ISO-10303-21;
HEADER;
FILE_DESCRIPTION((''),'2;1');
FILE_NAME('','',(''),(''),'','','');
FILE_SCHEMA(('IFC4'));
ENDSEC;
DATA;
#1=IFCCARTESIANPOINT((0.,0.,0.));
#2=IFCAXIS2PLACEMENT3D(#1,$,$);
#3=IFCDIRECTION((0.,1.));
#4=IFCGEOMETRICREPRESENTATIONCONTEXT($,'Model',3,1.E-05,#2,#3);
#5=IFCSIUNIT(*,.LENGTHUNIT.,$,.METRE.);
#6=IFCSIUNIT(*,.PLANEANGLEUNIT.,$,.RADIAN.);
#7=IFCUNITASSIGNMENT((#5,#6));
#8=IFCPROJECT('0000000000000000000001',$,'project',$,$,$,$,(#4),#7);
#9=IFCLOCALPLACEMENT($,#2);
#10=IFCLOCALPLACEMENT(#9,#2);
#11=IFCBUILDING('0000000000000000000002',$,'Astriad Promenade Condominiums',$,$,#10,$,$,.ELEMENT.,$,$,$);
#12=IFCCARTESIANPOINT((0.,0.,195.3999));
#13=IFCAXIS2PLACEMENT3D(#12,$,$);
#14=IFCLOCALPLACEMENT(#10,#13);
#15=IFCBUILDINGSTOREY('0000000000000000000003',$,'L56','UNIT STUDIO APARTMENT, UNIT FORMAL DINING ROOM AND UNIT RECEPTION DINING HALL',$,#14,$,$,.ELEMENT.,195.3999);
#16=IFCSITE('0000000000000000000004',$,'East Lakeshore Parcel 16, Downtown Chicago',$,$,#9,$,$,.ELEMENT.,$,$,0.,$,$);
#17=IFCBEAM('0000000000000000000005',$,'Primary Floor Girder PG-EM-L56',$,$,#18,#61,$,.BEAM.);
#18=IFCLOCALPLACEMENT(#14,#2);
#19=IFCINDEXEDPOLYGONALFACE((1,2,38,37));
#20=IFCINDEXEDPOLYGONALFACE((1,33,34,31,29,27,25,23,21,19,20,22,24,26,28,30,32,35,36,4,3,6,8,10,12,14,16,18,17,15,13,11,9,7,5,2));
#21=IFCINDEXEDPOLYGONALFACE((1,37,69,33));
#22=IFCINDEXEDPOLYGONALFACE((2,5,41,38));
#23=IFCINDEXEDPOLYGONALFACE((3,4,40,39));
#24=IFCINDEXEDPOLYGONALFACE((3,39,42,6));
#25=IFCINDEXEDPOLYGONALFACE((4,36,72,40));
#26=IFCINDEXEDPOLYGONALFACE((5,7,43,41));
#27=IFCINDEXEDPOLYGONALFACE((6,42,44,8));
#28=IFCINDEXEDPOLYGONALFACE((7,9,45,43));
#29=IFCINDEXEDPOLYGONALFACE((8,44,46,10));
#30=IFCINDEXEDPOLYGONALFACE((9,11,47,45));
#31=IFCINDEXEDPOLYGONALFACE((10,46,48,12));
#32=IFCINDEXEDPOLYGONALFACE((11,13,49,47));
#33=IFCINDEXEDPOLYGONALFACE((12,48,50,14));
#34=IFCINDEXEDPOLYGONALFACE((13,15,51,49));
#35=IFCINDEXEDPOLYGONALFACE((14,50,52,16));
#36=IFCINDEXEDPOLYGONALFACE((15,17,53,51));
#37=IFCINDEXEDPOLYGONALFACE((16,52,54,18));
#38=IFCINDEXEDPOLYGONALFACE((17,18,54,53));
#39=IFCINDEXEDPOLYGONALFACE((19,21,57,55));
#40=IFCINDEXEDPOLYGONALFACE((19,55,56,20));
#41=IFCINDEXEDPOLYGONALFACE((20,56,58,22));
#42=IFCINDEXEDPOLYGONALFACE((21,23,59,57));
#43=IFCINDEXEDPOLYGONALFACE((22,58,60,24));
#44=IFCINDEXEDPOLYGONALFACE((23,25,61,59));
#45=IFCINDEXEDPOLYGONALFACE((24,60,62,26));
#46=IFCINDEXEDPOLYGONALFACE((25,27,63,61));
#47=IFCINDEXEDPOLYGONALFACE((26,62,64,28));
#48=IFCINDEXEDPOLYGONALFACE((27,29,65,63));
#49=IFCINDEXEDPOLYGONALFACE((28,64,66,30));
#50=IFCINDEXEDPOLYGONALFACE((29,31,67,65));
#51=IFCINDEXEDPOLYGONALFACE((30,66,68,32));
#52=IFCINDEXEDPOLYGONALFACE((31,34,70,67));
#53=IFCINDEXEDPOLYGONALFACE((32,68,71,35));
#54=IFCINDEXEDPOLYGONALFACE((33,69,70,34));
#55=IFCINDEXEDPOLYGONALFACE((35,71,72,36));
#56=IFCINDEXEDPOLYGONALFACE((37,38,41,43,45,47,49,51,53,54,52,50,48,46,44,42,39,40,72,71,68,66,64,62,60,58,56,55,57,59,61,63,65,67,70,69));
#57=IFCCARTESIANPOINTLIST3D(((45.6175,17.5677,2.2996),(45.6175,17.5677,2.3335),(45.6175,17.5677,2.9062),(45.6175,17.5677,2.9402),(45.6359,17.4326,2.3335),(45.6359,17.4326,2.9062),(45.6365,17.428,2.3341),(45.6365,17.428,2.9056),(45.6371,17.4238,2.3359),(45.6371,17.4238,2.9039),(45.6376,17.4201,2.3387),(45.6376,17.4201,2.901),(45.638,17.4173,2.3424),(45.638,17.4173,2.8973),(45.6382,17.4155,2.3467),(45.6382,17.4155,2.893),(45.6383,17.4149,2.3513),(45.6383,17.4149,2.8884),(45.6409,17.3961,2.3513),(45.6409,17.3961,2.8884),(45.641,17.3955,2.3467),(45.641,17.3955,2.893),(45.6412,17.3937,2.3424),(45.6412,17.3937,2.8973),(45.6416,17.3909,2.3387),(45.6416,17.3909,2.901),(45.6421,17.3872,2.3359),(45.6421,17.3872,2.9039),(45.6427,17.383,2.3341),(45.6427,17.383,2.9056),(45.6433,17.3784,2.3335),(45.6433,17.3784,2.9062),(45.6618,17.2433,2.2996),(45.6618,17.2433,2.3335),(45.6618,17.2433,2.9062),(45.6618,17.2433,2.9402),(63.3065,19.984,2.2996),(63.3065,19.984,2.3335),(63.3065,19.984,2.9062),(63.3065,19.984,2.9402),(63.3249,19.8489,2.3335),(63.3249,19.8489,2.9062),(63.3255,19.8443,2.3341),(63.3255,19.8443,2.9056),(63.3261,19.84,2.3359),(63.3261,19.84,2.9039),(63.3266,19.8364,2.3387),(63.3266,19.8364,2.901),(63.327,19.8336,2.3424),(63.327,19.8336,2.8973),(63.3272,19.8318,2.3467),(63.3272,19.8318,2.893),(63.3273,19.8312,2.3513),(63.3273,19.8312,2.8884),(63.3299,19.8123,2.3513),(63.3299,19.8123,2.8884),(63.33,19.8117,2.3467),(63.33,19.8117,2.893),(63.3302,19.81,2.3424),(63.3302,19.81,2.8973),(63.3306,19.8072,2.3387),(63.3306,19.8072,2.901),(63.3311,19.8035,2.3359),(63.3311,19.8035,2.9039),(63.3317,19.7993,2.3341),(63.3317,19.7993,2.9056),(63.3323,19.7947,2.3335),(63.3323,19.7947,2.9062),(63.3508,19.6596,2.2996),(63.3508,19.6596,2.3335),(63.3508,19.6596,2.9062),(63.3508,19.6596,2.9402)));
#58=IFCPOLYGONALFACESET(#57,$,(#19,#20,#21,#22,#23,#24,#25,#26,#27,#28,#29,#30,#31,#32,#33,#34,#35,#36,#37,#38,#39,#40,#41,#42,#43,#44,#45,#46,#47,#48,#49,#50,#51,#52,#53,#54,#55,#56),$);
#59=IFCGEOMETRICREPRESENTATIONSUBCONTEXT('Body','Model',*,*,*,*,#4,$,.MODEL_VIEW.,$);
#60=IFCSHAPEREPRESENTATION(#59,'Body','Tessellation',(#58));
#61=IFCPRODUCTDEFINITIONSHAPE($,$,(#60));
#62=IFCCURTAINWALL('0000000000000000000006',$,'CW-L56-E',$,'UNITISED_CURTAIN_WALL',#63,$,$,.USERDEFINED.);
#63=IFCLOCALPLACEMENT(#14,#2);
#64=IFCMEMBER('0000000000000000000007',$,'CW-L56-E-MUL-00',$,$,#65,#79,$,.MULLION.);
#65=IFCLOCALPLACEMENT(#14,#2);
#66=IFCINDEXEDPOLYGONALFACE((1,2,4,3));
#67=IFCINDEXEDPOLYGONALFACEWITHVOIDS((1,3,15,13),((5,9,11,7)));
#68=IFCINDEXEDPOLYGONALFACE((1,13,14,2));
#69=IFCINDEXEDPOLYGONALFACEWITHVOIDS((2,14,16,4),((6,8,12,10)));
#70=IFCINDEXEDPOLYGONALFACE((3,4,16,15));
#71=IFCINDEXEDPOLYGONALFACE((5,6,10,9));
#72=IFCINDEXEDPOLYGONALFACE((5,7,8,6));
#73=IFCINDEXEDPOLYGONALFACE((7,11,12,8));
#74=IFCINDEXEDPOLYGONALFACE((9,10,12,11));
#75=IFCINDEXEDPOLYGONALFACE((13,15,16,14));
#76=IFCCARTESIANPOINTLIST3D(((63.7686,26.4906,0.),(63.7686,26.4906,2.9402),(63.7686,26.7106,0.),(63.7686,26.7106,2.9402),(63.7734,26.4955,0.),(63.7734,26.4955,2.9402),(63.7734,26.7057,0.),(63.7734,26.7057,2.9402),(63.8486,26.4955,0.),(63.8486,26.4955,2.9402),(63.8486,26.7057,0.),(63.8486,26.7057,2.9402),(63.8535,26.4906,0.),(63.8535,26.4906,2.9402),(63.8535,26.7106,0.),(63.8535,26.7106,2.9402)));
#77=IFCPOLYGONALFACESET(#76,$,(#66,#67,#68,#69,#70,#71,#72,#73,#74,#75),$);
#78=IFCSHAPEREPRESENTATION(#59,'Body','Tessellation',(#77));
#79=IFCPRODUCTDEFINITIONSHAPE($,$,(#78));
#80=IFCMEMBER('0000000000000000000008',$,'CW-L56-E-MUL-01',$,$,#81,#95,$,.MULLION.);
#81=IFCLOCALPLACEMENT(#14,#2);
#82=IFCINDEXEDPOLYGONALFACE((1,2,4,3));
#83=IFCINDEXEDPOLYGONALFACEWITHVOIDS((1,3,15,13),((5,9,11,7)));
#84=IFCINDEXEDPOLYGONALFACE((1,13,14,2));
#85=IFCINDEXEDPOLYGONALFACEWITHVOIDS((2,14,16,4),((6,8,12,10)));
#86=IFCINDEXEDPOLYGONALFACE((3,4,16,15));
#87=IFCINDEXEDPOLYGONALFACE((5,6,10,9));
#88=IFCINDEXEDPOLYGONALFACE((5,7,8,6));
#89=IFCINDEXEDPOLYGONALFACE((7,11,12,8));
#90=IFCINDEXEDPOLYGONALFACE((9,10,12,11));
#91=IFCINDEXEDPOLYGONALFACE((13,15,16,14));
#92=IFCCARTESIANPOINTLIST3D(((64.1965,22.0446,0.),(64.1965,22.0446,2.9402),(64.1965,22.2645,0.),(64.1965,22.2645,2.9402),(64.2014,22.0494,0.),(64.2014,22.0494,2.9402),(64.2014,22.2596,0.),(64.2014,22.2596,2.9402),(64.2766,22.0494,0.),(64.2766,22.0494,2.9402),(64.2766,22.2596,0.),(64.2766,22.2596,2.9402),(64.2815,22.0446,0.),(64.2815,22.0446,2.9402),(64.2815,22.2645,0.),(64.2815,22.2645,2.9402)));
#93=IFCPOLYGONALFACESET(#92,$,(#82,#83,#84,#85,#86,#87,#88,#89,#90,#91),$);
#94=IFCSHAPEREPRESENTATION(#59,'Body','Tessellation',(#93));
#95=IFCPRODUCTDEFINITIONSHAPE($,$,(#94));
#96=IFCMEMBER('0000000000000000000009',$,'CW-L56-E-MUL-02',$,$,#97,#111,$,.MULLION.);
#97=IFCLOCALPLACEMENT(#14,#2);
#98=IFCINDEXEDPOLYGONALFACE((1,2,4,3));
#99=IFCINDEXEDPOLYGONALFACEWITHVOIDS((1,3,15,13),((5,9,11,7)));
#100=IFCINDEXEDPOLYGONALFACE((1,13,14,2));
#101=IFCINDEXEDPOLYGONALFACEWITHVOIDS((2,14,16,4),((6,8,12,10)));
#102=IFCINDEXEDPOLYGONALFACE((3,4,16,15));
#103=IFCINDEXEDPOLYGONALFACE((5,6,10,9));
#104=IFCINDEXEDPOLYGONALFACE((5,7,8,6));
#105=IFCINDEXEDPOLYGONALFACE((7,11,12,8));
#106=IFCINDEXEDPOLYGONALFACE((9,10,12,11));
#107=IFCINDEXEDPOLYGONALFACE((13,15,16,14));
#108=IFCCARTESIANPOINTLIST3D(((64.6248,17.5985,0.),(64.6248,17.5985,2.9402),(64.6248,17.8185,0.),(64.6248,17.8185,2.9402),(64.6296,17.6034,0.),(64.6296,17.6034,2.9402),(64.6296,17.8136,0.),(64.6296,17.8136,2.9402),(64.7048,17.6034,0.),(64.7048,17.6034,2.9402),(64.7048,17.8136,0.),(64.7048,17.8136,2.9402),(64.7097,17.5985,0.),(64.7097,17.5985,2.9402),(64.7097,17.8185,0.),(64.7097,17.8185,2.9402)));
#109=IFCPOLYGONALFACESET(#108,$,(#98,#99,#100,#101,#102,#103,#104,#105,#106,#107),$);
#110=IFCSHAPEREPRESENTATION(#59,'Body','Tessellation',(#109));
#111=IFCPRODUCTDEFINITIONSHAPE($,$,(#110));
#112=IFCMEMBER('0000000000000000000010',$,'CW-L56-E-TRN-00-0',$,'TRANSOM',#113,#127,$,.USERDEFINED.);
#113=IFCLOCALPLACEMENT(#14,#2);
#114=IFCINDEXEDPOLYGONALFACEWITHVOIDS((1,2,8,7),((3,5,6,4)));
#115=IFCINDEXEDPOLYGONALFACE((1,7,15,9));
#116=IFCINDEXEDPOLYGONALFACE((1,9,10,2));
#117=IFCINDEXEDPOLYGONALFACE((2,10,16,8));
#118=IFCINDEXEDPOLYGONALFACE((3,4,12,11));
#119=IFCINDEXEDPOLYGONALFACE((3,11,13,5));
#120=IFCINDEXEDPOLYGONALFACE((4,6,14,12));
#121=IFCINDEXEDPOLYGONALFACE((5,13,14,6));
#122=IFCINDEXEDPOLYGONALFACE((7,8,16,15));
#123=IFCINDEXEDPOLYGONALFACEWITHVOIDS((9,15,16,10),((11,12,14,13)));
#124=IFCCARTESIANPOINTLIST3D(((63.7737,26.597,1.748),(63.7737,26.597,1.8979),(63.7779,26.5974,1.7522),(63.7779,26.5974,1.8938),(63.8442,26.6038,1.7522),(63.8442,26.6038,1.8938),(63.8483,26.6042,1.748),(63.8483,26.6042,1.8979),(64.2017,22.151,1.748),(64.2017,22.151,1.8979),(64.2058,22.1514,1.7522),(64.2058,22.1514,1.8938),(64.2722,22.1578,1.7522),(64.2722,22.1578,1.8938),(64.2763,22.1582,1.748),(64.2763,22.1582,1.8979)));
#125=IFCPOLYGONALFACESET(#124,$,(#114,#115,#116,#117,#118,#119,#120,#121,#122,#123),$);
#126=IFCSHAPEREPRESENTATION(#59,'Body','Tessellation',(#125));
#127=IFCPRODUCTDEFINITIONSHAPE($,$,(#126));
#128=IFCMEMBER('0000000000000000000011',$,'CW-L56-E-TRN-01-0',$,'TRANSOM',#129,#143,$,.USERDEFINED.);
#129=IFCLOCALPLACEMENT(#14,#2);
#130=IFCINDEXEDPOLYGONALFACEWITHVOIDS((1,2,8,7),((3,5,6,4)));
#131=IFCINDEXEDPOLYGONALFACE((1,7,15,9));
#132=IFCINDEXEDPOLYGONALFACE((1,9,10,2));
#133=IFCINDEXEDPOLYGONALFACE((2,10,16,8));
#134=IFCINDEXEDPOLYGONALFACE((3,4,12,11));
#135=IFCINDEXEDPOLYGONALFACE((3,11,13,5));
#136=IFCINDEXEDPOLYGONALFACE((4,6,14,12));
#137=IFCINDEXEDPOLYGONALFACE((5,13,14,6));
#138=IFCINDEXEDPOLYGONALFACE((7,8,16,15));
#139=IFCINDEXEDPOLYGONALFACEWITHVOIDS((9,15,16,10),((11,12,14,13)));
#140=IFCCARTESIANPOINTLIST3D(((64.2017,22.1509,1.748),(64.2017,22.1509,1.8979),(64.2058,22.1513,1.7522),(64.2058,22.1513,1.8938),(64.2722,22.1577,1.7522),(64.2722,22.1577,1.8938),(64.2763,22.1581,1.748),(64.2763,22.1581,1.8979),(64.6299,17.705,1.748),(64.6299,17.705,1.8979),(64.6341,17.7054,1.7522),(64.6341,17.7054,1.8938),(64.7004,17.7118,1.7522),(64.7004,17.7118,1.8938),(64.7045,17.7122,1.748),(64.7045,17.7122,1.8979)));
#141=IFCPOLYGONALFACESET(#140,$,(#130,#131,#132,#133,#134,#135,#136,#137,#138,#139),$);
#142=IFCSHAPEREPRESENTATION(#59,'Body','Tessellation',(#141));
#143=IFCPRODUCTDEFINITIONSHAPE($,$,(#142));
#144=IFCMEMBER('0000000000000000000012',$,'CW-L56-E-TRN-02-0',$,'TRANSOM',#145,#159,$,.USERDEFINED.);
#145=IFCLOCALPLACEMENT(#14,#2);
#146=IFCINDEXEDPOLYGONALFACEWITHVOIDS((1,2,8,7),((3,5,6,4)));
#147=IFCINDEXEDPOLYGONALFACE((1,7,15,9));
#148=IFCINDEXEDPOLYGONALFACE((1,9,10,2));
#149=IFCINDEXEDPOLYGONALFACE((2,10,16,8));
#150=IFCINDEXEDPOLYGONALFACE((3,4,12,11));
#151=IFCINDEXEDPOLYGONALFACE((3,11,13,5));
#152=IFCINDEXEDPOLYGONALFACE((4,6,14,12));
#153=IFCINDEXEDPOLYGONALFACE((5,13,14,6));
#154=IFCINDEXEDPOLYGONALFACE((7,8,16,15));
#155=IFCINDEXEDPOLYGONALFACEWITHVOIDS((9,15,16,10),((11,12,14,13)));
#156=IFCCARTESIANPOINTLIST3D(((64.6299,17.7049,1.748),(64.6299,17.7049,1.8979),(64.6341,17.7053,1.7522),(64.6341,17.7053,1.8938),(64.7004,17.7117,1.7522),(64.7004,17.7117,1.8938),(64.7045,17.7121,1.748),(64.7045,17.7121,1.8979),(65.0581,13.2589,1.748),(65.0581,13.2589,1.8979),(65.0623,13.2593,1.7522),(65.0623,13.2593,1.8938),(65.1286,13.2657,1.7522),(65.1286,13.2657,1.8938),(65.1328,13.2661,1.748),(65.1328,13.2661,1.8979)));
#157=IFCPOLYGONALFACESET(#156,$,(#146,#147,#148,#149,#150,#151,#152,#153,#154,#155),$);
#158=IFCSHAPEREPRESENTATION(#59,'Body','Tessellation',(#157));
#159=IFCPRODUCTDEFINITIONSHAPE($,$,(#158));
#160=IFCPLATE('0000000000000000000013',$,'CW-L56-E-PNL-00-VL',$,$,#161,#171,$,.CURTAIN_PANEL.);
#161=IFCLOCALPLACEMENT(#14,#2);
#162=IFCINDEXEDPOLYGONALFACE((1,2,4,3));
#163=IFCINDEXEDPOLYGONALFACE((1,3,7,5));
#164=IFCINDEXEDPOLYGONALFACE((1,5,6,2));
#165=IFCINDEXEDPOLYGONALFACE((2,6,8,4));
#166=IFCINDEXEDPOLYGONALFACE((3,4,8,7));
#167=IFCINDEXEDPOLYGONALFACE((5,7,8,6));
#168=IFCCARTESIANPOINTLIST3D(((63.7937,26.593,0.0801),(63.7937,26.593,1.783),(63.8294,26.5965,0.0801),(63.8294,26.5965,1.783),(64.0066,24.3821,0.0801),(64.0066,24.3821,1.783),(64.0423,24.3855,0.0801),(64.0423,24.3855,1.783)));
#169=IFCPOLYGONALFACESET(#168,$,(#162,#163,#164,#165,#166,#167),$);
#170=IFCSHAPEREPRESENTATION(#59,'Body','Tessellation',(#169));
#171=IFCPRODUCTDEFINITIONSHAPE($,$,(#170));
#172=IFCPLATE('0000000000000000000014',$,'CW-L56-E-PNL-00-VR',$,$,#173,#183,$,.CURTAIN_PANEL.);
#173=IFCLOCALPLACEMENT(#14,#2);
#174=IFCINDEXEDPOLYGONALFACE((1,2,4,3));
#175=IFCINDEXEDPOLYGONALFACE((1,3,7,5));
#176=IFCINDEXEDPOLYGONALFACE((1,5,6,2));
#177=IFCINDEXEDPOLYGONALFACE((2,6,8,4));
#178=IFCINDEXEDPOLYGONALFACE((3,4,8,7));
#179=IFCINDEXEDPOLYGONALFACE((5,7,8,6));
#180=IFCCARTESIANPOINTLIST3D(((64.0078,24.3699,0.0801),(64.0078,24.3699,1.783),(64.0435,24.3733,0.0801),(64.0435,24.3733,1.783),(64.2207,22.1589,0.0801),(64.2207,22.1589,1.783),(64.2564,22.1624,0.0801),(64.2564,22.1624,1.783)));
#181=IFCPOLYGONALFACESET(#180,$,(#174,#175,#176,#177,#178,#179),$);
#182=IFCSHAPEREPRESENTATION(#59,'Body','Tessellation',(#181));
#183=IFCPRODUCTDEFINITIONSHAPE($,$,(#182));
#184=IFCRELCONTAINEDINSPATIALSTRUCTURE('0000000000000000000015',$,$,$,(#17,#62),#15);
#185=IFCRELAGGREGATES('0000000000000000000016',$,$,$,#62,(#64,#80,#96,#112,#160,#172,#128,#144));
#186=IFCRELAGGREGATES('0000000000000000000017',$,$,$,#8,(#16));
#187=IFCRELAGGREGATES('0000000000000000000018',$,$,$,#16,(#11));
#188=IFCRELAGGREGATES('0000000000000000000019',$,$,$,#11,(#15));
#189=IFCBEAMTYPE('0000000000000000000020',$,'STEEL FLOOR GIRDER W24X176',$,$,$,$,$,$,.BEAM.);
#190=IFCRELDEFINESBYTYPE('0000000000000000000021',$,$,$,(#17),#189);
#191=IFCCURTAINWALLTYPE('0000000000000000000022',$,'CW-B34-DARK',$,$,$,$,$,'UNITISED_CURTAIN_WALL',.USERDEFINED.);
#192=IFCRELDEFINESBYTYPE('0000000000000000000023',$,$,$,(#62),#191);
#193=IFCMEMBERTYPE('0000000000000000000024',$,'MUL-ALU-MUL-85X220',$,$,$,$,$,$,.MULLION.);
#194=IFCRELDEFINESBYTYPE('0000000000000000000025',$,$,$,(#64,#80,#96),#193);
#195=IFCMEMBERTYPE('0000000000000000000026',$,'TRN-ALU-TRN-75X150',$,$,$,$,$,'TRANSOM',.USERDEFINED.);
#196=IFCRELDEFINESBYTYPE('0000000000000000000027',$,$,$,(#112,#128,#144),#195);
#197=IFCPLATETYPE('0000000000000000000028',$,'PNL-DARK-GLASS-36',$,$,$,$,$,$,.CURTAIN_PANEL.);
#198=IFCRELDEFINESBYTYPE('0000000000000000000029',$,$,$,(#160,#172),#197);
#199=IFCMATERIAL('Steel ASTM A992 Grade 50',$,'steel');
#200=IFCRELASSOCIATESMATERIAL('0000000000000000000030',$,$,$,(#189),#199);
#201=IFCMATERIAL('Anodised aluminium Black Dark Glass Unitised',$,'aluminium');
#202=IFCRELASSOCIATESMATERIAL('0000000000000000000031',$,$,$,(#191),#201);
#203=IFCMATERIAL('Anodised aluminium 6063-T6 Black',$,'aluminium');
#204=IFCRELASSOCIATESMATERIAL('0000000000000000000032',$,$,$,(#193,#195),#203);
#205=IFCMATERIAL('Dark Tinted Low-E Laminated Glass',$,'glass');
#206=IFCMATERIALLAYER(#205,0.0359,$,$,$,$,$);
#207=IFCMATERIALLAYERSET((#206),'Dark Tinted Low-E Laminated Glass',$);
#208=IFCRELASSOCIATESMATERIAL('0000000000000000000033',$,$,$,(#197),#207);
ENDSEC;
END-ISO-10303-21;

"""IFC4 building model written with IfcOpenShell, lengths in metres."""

from ifc_helpers import new_model, si_unit, direction, frame, origin, origin_2d, place, context, subcontext, project, spatial, rectangle, hollow_rectangle, i_section, extrude, source, transform, mapped, material, layer, layer_set, material_profile, profile_set, type_object, type_shapes, element, aggregate, save


model = new_model("IFC4")

# Units and contexts
model_context = context("Model", 3, precision=1e-05, world=origin(), true_north=direction((0.0, 1.0)))
body_context = subcontext(model_context, "Body", "Model", "MODEL_VIEW")
ifc_project = project(units=[si_unit("LENGTHUNIT", "METRE"), si_unit("PLANEANGLEUNIT", "RADIAN")], contexts=[model_context])

# Site, building, storey
site_placement = place(None, origin())
site = spatial("IfcSite", under=ifc_project, at=site_placement, Name="East Lakeshore Parcel 16, Downtown Chicago", CompositionType="ELEMENT", RefElevation=0.0)
building_placement = place(site_placement, origin())
building = spatial("IfcBuilding", under=site, at=building_placement, Name="Astriad Promenade Condominiums", CompositionType="ELEMENT")
storey_placement = place(building_placement, frame((0.0, 0.0, 195.3999)))
storey = spatial("IfcBuildingStorey", under=building, at=storey_placement, Name="L56", Description="UNIT STUDIO APARTMENT, UNIT FORMAL DINING ROOM AND UNIT RECEPTION DINING HALL", CompositionType="ELEMENT", Elevation=195.3999)

# Beam
ifc_material_1 = material(Name="Steel ASTM A992 Grade 50", Category="steel")
ifc_material_profile_1 = material_profile(ifc_material_1, i_section(OverallWidth=0.3274, OverallDepth=0.6406, WebThickness=0.019, FlangeThickness=0.0339, FilletRadius=0.0178, at=origin_2d()), Name="W24X176")
ifc_profile_set_1 = profile_set([ifc_material_profile_1], Name="Steel ASTM A992 Grade 50")
beam_type_1 = type_object("IfcBeamType", Name="STEEL FLOOR GIRDER W24X176", PredefinedType="BEAM", material=ifc_profile_set_1)
shared_shape_1 = source(origin(), body_context, "Body", "SweptSolid", [
    extrude(i_section(OverallWidth=0.3274, OverallDepth=0.6406, WebThickness=0.019, FlangeThickness=0.0339, FilletRadius=0.0178, at=origin_2d()), origin(), (0.0, 0.0, 1.0), 17.8533),
])
type_shapes(beam_type_1, [shared_shape_1])
beam_1_placement = place(storey_placement, frame((63.3286, 19.8218, 2.6199), z_axis=(-0.990799, -0.13534, 0.0), x_axis=(0.13534, -0.990799, 0.0)))
element("IfcBeam", 1, at=beam_1_placement, inside=storey, type_object=beam_type_1, Name="Primary Floor Girder PG-EM-L56", PredefinedType="BEAM", context=body_context, shape_type="MappedRepresentation", body=[
    mapped(shared_shape_1, transform((0.0, 0.0, 0.0), scale=1.0)),
])

# Curtain wall, members, plates
ifc_material_2 = material(Name="Anodised aluminium Black Dark Glass Unitised", Category="aluminium")
curtain_wall_type = type_object("IfcCurtainWallType", Name="CW-B34-DARK", ElementType="UNITISED_CURTAIN_WALL", PredefinedType="USERDEFINED", material=ifc_material_2)
curtain_wall_placement = place(storey_placement, origin())
curtain_wall = element("IfcCurtainWall", 2, at=curtain_wall_placement, inside=storey, type_object=curtain_wall_type, Name="CW-L56-E", ObjectType="UNITISED_CURTAIN_WALL", PredefinedType="USERDEFINED")
ifc_material_3 = material(Name="Anodised aluminium 6063-T6 Black", Category="aluminium")
ifc_material_profile_2 = material_profile(ifc_material_3, hollow_rectangle(XDim=0.085, YDim=0.22, WallThickness=0.0049, at=origin_2d()), Name="ALU-MUL-85X220")
ifc_profile_set_2 = profile_set([ifc_material_profile_2], Name="Anodised aluminium 6063-T6 Black")
member_type_1 = type_object("IfcMemberType", Name="MUL-ALU-MUL-85X220", PredefinedType="MULLION", material=ifc_profile_set_2)
shared_shape_2 = source(origin(), body_context, "Body", "SweptSolid", [
    extrude(hollow_rectangle(XDim=0.085, YDim=0.22, WallThickness=0.0049, at=origin_2d()), origin(), (0.0, 0.0, 1.0), 2.9402),
])
type_shapes(member_type_1, [shared_shape_2])
member_1_placement = place(storey_placement, frame((63.811, 26.6006, 0.0), z_axis=(0.0, 0.0, 1.0), x_axis=(1.0, 0.0, 0.0)))
member_1 = element("IfcMember", 3, at=member_1_placement, type_object=member_type_1, Name="CW-L56-E-MUL-00", PredefinedType="MULLION", context=body_context, shape_type="MappedRepresentation", body=[
    mapped(shared_shape_2, transform((0.0, 0.0, 0.0), scale=1.0)),
])
member_2_placement = place(storey_placement, frame((64.239, 22.1545, 0.0), z_axis=(0.0, 0.0, 1.0), x_axis=(1.0, 0.0, 0.0)))
member_2 = element("IfcMember", 4, at=member_2_placement, type_object=member_type_1, Name="CW-L56-E-MUL-01", PredefinedType="MULLION", context=body_context, shape_type="MappedRepresentation", body=[
    mapped(shared_shape_2, transform((0.0, 0.0, 0.0), scale=1.0)),
])
member_3_placement = place(storey_placement, frame((64.6672, 17.7085, 0.0), z_axis=(0.0, 0.0, 1.0), x_axis=(1.0, 0.0, 0.0)))
member_3 = element("IfcMember", 5, at=member_3_placement, type_object=member_type_1, Name="CW-L56-E-MUL-02", PredefinedType="MULLION", context=body_context, shape_type="MappedRepresentation", body=[
    mapped(shared_shape_2, transform((0.0, 0.0, 0.0), scale=1.0)),
])
ifc_material_profile_3 = material_profile(ifc_material_3, hollow_rectangle(XDim=0.075, YDim=0.1499, WallThickness=0.0042, at=origin_2d()), Name="ALU-TRN-75X150")
ifc_profile_set_3 = profile_set([ifc_material_profile_3], Name="Anodised aluminium 6063-T6 Black")
member_type_2 = type_object("IfcMemberType", Name="TRN-ALU-TRN-75X150", ElementType="TRANSOM", PredefinedType="USERDEFINED", material=ifc_profile_set_3)
shared_shape_3 = source(origin(), body_context, "Body", "SweptSolid", [
    extrude(hollow_rectangle(XDim=0.075, YDim=0.1499, WallThickness=0.0042, at=origin_2d()), origin(), (0.0, 0.0, 1.0), 4.4666),
])
type_shapes(member_type_2, [shared_shape_3])
member_4_placement = place(storey_placement, frame((63.811, 26.6006, 1.823), z_axis=(0.095818, -0.995399, 0.0), x_axis=(0.995399, 0.095818, 0.0)))
member_4 = element("IfcMember", 6, at=member_4_placement, type_object=member_type_2, Name="CW-L56-E-TRN-00-0", ObjectType="TRANSOM", PredefinedType="USERDEFINED", context=body_context, shape_type="MappedRepresentation", body=[
    mapped(shared_shape_3, transform((0.0, 0.0, 0.0), scale=1.0)),
])
member_5_placement = place(storey_placement, frame((64.239, 22.1545, 1.823), z_axis=(0.095872, -0.995394, 0.0), x_axis=(0.995394, 0.095872, 0.0)))
member_5 = element("IfcMember", 7, at=member_5_placement, type_object=member_type_2, Name="CW-L56-E-TRN-01-0", ObjectType="TRANSOM", PredefinedType="USERDEFINED", context=body_context, shape_type="MappedRepresentation", body=[
    mapped(shared_shape_3, transform((0.0, 0.0, 0.0), scale=1.0)),
])
member_6_placement = place(storey_placement, frame((64.6672, 17.7085, 1.823), z_axis=(0.095872, -0.995394, 0.0), x_axis=(0.995394, 0.095872, 0.0)))
member_6 = element("IfcMember", 8, at=member_6_placement, type_object=member_type_2, Name="CW-L56-E-TRN-02-0", ObjectType="TRANSOM", PredefinedType="USERDEFINED", context=body_context, shape_type="MappedRepresentation", body=[
    mapped(shared_shape_3, transform((0.0, 0.0, 0.0), scale=1.0)),
])
ifc_material_4 = material(Name="Dark Tinted Low-E Laminated Glass", Category="glass")
ifc_layer_1 = layer(ifc_material_4, 0.0359)
ifc_layer_set_1 = layer_set([ifc_layer_1], Name="Dark Tinted Low-E Laminated Glass")
plate_type = type_object("IfcPlateType", Name="PNL-DARK-GLASS-36", PredefinedType="CURTAIN_PANEL", material=ifc_layer_set_1)
shared_shape_4 = source(origin(), body_context, "Body", "SweptSolid", [
    extrude(rectangle(XDim=2.2212, YDim=0.0359, at=origin_2d()), origin(), (0.0, 0.0, 1.0), 1.7029),
])
plate_1_placement = place(storey_placement, frame((63.918, 25.4893, 0.0801), z_axis=(0.0, 0.0, 1.0), x_axis=(0.095846, -0.995396, 0.0)))
plate_1 = element("IfcPlate", 9, at=plate_1_placement, type_object=plate_type, Name="CW-L56-E-PNL-00-VL", PredefinedType="CURTAIN_PANEL", context=body_context, shape_type="MappedRepresentation", body=[
    mapped(shared_shape_4, transform((0.0, 0.0, 0.0), scale=1.0)),
])
plate_2_placement = place(storey_placement, frame((64.1321, 23.2661, 0.0801), z_axis=(0.0, 0.0, 1.0), x_axis=(0.095846, -0.995396, 0.0)))
plate_2 = element("IfcPlate", 10, at=plate_2_placement, type_object=plate_type, Name="CW-L56-E-PNL-00-VR", PredefinedType="CURTAIN_PANEL", context=body_context, shape_type="MappedRepresentation", body=[
    mapped(shared_shape_4, transform((0.0, 0.0, 0.0), scale=1.0)),
])
aggregate(curtain_wall, [member_1, member_2, member_3, member_4, plate_1, plate_2, member_5, member_6])

save(model, "model.ifc")
